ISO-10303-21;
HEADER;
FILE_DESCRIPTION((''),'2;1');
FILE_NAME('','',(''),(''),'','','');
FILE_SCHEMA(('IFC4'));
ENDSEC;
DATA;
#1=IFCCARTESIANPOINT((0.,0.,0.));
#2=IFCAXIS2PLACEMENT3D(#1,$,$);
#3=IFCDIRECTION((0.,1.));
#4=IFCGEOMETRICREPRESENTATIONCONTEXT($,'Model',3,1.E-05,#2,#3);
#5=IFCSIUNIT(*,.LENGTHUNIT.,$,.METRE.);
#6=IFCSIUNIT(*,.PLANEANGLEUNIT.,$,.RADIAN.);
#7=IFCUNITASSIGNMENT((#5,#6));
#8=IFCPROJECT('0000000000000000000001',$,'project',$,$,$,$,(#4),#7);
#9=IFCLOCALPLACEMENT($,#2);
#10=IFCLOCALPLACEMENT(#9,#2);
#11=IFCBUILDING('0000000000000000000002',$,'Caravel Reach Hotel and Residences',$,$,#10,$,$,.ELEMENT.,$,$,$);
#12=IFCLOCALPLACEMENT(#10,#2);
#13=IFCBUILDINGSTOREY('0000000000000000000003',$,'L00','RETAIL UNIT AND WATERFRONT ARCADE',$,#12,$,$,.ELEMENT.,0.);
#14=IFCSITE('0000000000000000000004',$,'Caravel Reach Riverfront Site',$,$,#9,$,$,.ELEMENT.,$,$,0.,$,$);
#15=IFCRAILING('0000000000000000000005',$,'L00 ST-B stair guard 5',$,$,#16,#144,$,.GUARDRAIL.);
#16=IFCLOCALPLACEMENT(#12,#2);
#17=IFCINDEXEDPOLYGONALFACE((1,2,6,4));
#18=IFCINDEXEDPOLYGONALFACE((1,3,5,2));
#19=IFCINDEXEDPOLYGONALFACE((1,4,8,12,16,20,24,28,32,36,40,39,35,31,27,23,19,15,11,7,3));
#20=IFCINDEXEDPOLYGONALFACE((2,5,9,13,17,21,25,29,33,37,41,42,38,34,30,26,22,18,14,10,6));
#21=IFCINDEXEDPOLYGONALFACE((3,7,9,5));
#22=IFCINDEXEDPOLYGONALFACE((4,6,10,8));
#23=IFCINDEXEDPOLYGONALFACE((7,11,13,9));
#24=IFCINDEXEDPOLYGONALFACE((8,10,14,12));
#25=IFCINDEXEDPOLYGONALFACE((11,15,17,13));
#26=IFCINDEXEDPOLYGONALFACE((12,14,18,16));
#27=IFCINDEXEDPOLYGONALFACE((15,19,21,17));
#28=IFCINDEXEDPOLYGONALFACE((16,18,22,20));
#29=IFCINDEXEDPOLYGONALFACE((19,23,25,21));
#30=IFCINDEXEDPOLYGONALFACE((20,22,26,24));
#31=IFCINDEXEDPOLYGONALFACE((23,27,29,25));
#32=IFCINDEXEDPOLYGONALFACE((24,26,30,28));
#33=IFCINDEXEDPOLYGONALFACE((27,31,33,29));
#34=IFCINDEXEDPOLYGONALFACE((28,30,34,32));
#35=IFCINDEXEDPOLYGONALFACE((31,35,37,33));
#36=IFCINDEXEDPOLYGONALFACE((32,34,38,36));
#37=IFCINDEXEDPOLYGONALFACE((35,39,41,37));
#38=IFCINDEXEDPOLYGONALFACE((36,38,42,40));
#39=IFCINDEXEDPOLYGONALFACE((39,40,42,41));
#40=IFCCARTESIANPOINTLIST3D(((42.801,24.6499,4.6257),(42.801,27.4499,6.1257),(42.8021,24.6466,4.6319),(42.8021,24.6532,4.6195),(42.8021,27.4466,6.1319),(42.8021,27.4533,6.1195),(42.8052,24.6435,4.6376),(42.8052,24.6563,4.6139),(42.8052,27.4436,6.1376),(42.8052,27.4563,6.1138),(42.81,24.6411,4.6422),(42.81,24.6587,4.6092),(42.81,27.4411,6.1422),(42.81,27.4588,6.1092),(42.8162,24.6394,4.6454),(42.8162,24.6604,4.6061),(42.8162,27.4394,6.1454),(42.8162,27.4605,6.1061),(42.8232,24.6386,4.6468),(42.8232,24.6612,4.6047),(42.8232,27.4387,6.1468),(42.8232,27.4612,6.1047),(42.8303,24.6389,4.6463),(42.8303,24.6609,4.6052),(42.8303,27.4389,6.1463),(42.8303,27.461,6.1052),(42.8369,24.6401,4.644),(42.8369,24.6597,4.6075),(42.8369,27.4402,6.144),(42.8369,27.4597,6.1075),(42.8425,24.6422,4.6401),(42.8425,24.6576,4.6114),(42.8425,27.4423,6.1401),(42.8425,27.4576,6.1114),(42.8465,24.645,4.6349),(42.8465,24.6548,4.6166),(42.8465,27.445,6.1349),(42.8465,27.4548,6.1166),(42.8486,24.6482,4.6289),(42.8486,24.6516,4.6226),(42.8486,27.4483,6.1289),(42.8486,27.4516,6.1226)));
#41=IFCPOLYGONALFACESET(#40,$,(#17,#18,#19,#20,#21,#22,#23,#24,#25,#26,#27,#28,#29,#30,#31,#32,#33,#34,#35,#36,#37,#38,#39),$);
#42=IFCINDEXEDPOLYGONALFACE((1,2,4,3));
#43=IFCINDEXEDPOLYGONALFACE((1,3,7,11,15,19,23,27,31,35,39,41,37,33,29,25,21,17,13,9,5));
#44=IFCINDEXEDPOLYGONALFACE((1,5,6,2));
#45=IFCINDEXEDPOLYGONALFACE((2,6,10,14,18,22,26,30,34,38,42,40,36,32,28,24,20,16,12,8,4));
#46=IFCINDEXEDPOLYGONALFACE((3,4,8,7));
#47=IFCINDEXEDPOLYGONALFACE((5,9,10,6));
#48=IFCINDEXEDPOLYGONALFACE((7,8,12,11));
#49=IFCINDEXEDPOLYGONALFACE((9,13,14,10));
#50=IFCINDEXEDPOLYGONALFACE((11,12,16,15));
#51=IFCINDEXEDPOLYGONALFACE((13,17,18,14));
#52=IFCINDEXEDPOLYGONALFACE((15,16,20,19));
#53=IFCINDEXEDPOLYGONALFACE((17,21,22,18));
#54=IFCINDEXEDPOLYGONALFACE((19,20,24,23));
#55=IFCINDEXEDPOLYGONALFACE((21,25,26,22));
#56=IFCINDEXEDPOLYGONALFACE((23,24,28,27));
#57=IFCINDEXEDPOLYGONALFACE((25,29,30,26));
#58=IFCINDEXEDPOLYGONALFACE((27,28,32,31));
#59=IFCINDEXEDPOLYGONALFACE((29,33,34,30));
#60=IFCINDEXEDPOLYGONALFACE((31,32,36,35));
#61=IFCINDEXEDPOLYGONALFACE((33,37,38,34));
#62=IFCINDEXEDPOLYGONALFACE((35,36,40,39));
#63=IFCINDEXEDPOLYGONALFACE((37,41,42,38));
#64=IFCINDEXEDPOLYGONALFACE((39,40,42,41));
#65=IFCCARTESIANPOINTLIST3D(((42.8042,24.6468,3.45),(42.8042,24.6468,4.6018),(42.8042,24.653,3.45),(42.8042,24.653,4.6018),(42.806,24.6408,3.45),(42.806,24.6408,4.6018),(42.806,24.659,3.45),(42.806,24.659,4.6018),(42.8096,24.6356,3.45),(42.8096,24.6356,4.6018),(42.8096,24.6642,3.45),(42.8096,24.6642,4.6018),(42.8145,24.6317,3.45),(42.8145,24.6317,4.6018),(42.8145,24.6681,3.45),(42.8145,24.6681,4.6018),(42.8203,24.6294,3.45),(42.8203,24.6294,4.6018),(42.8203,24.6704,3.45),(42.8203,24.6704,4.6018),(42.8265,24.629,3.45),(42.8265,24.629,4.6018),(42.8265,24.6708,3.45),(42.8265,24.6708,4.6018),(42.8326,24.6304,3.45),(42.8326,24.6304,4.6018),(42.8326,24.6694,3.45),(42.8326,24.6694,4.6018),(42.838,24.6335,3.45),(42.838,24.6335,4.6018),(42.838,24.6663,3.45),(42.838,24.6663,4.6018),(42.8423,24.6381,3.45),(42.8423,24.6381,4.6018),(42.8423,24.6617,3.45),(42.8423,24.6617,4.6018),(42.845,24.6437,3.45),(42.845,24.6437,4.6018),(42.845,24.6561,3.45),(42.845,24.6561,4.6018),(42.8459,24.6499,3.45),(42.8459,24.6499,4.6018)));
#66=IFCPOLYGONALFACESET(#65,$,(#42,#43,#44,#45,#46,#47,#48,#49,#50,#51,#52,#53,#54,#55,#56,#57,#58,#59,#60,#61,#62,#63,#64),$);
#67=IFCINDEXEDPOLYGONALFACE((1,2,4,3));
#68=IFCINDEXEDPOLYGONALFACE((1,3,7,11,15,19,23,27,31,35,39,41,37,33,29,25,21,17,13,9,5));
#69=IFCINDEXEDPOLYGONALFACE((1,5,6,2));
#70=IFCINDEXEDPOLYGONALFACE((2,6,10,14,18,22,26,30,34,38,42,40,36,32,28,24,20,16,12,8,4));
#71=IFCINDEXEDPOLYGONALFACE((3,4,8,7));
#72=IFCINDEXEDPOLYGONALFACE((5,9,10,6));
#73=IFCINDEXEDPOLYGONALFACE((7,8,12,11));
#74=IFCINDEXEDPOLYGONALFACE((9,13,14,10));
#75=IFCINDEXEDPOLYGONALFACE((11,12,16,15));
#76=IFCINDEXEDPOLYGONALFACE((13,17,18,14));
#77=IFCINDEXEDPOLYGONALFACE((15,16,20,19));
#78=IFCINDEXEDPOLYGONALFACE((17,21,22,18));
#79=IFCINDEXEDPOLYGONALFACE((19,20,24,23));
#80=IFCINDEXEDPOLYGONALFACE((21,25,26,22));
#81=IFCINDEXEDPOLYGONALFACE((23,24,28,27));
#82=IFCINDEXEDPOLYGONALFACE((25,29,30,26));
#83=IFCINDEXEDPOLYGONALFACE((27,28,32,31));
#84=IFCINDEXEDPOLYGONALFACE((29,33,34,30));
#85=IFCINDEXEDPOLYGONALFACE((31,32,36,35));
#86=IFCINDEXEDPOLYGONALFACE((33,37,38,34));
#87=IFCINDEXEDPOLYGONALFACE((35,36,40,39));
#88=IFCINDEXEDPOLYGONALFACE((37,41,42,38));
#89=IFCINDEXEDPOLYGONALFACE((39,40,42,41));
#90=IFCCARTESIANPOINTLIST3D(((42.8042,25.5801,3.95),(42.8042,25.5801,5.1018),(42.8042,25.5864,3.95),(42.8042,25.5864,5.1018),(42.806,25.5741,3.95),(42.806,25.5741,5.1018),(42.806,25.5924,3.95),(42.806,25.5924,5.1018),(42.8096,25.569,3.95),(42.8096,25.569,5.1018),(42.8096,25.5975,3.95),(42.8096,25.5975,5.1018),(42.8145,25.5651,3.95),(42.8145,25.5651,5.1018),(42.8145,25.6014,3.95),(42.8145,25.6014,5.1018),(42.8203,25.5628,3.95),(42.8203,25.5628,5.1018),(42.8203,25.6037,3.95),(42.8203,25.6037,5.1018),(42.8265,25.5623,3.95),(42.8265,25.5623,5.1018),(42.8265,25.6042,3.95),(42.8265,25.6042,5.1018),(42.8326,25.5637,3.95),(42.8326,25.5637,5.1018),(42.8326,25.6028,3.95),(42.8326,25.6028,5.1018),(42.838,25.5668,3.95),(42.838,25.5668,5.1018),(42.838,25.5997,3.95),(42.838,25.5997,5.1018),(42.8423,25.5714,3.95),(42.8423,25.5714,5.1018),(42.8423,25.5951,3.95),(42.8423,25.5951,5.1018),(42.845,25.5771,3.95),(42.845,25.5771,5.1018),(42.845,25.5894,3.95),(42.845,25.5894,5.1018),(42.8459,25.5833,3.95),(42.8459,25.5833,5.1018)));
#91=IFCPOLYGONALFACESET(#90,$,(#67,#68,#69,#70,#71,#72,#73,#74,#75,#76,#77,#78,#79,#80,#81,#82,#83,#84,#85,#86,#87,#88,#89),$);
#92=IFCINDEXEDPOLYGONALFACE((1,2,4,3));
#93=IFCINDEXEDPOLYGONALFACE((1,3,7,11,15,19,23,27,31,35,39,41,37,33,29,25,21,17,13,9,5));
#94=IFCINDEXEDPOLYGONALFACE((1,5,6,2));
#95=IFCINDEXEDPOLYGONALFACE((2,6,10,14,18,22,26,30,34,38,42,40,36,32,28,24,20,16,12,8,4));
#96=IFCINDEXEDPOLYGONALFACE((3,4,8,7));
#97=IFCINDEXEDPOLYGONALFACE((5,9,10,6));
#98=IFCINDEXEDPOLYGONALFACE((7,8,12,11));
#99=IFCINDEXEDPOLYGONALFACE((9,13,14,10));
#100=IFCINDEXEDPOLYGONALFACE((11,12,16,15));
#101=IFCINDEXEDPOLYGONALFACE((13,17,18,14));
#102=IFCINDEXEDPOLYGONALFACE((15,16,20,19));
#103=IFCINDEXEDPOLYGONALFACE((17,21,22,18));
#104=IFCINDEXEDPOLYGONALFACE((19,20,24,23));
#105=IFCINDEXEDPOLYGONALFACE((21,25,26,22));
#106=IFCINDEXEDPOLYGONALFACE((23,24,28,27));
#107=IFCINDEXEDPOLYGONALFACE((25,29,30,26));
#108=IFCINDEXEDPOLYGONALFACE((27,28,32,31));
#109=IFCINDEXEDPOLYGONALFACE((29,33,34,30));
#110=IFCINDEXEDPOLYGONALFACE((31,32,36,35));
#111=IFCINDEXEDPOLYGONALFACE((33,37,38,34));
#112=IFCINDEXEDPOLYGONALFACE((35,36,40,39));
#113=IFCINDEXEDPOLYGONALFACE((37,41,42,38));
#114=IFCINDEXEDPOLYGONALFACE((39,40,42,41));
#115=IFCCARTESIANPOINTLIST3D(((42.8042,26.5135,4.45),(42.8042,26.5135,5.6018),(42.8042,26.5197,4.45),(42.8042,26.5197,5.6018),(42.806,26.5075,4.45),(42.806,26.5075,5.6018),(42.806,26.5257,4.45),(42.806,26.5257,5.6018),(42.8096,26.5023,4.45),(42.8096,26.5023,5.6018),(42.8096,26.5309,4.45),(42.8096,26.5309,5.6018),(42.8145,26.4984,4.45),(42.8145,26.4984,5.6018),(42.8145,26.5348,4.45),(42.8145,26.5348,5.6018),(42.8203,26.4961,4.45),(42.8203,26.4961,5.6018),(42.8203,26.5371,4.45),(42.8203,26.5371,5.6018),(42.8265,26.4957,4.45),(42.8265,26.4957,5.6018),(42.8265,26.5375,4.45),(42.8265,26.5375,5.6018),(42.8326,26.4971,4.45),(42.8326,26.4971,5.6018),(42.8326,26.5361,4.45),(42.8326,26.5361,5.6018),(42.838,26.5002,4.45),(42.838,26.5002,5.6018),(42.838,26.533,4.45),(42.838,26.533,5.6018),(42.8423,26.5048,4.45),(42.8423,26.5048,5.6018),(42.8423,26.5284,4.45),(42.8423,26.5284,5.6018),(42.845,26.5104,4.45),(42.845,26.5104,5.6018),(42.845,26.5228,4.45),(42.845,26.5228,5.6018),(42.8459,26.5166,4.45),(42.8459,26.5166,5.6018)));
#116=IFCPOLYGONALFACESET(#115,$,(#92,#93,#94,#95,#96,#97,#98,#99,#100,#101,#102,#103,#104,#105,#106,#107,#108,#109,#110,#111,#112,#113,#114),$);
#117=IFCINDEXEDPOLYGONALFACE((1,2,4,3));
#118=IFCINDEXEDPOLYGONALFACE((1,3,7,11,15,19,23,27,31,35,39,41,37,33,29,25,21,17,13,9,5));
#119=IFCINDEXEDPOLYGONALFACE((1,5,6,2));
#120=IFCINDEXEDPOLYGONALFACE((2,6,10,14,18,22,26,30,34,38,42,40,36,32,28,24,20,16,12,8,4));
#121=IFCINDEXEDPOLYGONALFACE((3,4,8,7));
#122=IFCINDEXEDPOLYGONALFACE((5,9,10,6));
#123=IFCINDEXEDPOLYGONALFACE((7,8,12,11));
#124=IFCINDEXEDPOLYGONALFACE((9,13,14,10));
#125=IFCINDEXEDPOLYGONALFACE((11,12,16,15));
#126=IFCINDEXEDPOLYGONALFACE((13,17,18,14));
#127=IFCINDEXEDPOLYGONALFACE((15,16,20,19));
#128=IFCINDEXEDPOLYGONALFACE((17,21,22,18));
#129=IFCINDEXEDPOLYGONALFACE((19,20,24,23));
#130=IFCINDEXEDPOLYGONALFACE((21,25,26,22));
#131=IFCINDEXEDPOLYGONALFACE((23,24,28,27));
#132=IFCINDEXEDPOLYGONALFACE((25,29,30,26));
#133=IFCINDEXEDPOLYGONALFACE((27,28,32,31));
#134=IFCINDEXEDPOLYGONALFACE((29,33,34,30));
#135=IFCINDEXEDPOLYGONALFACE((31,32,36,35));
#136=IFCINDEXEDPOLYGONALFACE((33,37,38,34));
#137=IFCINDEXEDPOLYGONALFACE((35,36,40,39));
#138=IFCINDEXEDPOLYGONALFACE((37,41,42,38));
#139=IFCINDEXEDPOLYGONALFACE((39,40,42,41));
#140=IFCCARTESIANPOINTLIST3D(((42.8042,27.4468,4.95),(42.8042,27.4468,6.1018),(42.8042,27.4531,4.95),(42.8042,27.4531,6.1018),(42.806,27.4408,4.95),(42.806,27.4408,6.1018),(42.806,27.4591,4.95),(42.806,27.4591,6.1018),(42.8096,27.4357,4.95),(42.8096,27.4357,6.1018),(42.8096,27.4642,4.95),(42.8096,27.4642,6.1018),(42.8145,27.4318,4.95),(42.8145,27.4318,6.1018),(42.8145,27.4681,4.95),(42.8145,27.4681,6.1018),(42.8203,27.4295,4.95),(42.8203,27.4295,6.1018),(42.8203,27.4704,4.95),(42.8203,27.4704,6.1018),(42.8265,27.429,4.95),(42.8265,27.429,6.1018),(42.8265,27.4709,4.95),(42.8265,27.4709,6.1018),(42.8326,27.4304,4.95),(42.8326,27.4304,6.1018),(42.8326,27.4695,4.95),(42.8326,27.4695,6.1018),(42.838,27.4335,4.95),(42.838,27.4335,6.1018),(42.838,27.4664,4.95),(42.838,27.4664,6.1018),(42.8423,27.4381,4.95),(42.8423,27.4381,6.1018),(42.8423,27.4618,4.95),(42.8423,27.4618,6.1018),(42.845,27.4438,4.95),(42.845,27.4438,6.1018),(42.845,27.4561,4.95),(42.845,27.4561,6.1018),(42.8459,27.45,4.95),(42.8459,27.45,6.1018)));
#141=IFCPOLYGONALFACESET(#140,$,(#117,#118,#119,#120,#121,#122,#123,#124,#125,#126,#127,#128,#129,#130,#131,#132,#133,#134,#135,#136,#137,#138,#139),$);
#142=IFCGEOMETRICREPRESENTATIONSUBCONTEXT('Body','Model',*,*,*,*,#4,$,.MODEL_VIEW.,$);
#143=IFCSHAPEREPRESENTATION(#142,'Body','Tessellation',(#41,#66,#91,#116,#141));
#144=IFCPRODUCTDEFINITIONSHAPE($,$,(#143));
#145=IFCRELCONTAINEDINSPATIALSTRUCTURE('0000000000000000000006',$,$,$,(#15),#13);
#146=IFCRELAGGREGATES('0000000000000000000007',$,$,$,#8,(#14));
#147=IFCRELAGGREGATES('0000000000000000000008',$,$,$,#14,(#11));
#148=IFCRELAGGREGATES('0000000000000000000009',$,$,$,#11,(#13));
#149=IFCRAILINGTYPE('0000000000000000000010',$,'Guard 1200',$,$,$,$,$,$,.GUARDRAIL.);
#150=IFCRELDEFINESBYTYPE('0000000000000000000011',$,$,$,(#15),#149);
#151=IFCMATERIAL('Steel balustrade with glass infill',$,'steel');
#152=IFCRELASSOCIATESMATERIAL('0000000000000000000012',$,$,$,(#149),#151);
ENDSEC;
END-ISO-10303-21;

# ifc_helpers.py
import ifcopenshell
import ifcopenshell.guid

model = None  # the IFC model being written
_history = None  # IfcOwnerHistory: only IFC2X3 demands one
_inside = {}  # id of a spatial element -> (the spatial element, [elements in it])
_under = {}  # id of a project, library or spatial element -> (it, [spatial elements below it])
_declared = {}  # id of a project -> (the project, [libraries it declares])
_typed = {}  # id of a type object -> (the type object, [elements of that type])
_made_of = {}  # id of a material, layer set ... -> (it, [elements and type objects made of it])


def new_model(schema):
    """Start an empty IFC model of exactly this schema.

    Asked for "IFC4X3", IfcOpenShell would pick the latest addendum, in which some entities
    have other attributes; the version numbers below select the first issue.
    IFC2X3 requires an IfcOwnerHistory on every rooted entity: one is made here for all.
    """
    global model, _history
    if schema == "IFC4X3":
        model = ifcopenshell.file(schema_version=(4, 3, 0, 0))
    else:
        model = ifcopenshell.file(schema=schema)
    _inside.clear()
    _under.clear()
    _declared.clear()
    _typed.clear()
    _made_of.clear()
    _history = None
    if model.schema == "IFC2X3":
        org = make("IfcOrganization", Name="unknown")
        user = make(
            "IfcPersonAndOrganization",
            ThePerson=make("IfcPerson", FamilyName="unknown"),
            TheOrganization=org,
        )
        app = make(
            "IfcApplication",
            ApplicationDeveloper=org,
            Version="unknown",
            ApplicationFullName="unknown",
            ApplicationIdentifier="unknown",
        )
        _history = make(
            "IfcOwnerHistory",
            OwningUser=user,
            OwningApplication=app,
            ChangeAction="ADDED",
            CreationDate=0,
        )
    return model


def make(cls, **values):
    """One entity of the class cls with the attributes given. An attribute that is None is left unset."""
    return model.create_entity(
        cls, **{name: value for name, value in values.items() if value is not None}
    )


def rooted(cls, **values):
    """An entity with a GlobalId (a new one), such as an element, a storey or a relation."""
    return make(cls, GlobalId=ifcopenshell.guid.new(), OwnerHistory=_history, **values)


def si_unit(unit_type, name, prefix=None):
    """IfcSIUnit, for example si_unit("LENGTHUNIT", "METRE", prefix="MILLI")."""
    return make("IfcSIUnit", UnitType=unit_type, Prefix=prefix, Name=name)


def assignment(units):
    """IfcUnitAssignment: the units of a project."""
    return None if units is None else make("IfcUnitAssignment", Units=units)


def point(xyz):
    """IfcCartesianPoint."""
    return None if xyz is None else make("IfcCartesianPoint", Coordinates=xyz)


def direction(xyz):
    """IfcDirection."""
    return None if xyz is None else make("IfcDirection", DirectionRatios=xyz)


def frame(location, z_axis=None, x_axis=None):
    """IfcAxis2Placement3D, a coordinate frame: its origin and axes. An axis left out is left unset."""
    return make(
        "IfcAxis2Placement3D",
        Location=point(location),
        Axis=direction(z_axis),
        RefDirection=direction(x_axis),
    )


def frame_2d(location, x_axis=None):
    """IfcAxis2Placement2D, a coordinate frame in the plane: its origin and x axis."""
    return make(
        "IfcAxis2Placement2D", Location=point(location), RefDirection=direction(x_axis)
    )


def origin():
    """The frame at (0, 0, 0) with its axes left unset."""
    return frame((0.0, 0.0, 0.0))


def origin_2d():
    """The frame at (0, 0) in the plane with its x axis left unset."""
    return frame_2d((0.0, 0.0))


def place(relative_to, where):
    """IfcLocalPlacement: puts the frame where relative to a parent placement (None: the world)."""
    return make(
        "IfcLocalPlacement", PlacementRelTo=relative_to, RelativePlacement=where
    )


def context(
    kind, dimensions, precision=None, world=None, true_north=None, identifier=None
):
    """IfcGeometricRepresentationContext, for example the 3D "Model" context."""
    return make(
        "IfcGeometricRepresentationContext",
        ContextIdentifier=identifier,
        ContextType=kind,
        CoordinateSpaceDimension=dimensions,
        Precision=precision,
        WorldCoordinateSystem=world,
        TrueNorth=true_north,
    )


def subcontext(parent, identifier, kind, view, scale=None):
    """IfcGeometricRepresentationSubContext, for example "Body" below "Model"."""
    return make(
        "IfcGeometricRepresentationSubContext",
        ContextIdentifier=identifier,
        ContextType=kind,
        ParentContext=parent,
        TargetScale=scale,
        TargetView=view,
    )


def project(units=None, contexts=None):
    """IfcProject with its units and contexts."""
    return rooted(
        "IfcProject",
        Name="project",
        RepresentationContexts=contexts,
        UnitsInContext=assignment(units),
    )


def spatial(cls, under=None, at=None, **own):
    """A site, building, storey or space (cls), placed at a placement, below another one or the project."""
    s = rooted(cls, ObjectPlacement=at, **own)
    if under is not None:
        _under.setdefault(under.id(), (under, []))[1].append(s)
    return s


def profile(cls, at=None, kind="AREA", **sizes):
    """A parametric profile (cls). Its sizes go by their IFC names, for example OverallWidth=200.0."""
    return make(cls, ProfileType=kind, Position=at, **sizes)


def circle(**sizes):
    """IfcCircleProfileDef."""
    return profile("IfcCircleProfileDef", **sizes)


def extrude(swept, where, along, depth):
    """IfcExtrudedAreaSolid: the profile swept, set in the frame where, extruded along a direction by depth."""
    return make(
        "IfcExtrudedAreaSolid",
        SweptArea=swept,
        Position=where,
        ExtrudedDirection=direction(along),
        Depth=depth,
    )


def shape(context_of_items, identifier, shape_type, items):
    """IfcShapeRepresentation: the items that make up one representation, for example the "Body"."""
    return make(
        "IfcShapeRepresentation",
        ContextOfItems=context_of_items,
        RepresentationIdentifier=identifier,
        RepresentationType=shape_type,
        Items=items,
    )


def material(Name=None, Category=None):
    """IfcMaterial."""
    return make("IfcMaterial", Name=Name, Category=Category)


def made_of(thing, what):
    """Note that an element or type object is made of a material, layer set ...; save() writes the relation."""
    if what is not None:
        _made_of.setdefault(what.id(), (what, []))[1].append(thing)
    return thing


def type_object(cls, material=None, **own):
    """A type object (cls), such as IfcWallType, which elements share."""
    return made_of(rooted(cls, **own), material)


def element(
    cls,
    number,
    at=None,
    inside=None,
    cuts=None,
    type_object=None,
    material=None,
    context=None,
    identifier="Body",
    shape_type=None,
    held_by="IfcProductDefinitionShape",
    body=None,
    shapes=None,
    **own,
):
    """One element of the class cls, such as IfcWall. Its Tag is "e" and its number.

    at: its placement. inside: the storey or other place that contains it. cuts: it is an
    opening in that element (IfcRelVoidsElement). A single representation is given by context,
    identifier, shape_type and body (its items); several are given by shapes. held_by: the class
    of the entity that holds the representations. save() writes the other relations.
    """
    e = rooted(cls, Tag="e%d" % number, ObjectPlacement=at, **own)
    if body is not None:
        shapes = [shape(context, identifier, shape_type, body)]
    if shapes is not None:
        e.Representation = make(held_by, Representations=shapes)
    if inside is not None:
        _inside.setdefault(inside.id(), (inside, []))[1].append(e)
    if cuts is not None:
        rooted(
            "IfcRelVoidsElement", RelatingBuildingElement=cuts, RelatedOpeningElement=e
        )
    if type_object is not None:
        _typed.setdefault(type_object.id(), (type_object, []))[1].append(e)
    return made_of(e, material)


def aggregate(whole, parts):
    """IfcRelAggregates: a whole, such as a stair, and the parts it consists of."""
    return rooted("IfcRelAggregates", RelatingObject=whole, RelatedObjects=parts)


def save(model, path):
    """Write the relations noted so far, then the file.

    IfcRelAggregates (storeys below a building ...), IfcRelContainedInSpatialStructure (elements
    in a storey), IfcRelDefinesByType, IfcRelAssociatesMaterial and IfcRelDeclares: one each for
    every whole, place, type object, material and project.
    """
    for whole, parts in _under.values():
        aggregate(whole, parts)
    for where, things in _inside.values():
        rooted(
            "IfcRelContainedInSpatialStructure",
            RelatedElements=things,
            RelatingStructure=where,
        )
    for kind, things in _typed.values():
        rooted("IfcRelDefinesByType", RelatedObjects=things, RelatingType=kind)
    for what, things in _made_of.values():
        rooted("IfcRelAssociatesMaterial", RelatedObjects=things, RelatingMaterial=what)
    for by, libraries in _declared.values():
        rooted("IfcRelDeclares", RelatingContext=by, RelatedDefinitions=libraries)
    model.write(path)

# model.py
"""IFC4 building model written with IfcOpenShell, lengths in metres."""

from ifc_helpers import new_model, si_unit, direction, frame, origin, origin_2d, place, context, subcontext, project, spatial, circle, extrude, material, type_object, element, save


model = new_model("IFC4")

# Units and contexts
model_context = context("Model", 3, precision=1e-05, world=origin(), true_north=direction((0.0, 1.0)))
body_context = subcontext(model_context, "Body", "Model", "MODEL_VIEW")
ifc_project = project(units=[si_unit("LENGTHUNIT", "METRE"), si_unit("PLANEANGLEUNIT", "RADIAN")], contexts=[model_context])

# Site, building, storey
site_placement = place(None, origin())
site = spatial("IfcSite", under=ifc_project, at=site_placement, Name="Caravel Reach Riverfront Site", CompositionType="ELEMENT", RefElevation=0.0)
building_placement = place(site_placement, origin())
building = spatial("IfcBuilding", under=site, at=building_placement, Name="Caravel Reach Hotel and Residences", CompositionType="ELEMENT")
storey_placement = place(building_placement, origin())
storey = spatial("IfcBuildingStorey", under=building, at=storey_placement, Name="L00", Description="RETAIL UNIT AND WATERFRONT ARCADE", CompositionType="ELEMENT", Elevation=0.0)

# Railing
ifc_material_1 = material(Name="Steel balustrade with glass infill", Category="steel")
railing_type_1 = type_object("IfcRailingType", Name="Guard 1200", PredefinedType="GUARDRAIL", material=ifc_material_1)
railing_1_placement = place(storey_placement, frame((42.825, 24.6499, 3.45)))
element("IfcRailing", 1, at=railing_1_placement, inside=storey, type_object=railing_type_1, Name="L00 ST-B stair guard 5", PredefinedType="GUARDRAIL", context=body_context, shape_type="SweptSolid", body=[
    extrude(circle(Radius=0.0239, at=origin_2d()), frame((0.0, 0.0, 1.1758), z_axis=(0.0, 0.881483, 0.472215), x_axis=(-1.0, 0.0, 0.0)), (0.0, 0.0, 1.0), 3.1765),
    extrude(circle(Radius=0.021, at=origin_2d()), origin(), (0.0, 0.0, 1.0), 1.1519),
    extrude(circle(Radius=0.021, at=origin_2d()), frame((0.0, 0.9333, 0.5)), (0.0, 0.0, 1.0), 1.1519),
    extrude(circle(Radius=0.021, at=origin_2d()), frame((0.0, 1.8667, 1.0)), (0.0, 0.0, 1.0), 1.1519),
    extrude(circle(Radius=0.021, at=origin_2d()), frame((0.0, 2.8, 1.5)), (0.0, 0.0, 1.0), 1.1519),
])

save(model, "model.ifc")
